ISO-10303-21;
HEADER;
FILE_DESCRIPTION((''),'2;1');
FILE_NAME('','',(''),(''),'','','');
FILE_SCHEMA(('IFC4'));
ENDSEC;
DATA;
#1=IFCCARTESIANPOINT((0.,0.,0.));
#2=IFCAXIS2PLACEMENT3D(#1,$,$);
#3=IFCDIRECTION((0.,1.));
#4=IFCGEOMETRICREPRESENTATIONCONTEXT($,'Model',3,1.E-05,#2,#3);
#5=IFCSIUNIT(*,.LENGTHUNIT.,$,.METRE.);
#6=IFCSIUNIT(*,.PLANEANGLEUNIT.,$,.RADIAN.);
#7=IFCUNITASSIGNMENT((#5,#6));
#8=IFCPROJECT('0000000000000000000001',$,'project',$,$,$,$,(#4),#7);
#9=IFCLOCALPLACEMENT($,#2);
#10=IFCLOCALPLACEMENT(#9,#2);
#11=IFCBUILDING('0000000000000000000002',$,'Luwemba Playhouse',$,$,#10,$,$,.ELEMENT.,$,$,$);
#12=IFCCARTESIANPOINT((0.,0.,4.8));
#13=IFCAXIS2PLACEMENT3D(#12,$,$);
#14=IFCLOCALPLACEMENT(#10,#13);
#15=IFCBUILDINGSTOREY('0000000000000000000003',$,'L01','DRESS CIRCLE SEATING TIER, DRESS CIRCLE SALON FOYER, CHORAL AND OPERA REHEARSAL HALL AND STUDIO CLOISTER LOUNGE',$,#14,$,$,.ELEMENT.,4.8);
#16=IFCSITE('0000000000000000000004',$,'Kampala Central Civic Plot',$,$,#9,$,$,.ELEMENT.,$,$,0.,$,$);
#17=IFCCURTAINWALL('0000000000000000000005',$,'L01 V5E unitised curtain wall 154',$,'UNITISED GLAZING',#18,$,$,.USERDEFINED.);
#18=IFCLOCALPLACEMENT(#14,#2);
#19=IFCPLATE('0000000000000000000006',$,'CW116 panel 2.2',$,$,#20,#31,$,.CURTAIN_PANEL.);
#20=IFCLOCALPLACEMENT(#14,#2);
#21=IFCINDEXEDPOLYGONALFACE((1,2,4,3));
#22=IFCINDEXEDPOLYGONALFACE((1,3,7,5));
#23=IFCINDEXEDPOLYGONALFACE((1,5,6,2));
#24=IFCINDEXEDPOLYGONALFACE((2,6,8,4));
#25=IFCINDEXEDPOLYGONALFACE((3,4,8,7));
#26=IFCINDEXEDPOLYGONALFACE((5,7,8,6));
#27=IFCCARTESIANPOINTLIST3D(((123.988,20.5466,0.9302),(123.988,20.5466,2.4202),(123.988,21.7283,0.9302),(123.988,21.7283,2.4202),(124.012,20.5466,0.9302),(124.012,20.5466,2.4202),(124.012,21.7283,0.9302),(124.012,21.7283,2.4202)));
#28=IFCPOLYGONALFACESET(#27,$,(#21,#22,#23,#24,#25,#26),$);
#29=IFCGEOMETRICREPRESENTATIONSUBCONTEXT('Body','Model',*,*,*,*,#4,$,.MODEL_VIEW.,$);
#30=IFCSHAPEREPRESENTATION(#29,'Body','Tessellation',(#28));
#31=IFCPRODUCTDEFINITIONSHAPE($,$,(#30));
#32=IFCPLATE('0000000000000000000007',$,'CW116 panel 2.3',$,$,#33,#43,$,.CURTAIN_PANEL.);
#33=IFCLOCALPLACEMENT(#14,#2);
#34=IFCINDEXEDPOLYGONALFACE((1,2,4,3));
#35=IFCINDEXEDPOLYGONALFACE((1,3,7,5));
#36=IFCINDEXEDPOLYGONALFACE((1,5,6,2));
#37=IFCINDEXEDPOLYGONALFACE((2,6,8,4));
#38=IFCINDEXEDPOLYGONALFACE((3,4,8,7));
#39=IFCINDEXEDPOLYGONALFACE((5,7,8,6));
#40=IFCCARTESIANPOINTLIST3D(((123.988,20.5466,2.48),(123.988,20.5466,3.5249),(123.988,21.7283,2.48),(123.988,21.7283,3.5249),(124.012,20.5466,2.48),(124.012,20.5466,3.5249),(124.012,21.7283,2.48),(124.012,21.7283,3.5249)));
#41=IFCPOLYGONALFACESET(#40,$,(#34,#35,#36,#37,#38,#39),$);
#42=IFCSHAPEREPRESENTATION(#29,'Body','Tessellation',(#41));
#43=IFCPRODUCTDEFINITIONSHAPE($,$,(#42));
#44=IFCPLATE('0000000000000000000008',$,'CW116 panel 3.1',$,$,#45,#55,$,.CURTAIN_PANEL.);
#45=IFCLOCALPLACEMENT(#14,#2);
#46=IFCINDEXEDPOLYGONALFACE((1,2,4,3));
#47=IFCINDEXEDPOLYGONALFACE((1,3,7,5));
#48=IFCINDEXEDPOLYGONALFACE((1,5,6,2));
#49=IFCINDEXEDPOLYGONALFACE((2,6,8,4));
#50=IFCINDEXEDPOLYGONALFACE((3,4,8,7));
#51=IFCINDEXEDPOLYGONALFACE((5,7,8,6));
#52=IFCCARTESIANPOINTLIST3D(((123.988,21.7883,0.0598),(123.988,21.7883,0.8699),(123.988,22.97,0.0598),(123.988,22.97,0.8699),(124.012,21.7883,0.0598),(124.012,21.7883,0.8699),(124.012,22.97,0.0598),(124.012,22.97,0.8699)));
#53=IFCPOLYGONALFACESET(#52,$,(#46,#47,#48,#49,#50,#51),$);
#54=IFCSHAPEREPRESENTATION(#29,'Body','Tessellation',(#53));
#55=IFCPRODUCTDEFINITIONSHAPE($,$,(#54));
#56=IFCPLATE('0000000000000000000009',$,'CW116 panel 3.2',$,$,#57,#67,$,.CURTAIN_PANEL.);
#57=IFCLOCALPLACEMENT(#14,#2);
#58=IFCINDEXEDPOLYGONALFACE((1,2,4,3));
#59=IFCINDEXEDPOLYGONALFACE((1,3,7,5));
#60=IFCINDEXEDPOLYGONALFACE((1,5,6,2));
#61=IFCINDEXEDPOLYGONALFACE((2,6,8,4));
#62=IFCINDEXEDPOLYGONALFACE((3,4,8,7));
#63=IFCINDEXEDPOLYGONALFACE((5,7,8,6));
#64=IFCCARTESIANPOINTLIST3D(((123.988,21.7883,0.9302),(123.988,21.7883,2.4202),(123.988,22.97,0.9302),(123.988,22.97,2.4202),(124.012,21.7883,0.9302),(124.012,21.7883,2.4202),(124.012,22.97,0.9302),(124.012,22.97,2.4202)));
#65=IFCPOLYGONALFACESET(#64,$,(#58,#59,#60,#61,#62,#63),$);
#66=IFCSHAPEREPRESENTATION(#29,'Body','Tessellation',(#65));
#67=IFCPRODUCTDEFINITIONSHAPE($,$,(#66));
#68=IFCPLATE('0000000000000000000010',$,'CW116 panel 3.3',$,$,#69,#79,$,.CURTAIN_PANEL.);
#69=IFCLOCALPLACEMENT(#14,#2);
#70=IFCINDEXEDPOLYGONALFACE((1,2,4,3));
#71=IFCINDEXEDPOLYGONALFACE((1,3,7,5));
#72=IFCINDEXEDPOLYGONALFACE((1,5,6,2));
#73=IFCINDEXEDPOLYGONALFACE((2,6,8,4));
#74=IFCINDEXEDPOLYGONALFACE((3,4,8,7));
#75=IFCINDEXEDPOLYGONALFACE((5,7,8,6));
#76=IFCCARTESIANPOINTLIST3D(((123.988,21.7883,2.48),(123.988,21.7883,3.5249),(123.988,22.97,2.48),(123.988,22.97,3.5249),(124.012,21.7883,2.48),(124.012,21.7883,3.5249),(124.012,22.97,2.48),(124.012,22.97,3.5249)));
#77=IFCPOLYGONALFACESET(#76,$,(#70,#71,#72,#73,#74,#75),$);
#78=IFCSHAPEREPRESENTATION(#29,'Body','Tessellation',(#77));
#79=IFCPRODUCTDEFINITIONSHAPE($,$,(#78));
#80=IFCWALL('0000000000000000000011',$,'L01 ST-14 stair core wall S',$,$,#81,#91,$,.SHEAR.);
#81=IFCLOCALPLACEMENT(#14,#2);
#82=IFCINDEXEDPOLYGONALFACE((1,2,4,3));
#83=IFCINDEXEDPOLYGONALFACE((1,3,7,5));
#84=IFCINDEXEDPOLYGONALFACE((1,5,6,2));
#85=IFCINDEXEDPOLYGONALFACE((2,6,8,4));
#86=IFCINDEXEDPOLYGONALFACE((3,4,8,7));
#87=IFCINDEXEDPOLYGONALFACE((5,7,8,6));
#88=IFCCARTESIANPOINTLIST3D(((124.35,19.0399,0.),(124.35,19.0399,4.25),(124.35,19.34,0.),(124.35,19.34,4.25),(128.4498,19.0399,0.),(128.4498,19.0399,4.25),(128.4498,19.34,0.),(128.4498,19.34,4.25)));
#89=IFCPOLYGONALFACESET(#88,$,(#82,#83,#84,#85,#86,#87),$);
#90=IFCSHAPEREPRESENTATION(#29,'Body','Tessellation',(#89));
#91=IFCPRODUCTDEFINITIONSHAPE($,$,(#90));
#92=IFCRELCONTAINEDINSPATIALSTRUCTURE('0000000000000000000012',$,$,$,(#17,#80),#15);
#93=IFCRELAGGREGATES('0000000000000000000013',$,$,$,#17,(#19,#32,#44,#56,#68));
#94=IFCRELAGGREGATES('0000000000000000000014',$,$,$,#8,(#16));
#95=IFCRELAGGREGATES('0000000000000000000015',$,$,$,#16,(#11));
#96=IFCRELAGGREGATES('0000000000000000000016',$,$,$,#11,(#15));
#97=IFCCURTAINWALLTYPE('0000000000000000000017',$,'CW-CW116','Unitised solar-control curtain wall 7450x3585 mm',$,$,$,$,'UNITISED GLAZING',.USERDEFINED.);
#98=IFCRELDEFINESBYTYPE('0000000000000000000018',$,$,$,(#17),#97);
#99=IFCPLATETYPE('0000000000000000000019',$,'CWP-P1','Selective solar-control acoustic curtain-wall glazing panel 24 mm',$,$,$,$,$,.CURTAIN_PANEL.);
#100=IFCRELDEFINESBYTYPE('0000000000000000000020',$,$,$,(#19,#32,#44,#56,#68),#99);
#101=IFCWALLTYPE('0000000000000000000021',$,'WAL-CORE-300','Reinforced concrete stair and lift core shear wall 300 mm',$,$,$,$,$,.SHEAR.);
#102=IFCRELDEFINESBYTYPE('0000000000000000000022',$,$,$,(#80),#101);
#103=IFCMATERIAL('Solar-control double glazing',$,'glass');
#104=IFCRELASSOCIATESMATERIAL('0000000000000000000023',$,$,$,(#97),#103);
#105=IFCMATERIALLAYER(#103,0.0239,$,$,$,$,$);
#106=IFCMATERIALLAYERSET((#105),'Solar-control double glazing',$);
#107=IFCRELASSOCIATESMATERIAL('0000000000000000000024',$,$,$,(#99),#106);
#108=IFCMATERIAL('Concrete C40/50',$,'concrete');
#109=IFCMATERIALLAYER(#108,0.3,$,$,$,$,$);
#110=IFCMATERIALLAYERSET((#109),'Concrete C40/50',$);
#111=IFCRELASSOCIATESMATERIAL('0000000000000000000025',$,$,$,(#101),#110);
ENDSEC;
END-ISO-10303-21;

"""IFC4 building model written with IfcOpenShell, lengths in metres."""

from ifc_helpers import new_model, si_unit, direction, frame, frame_2d, origin, origin_2d, place, context, subcontext, project, spatial, rectangle, extrude, material, layer, layer_set, type_object, element, aggregate, save


model = new_model("IFC4")

# Units and contexts
model_context = context("Model", 3, precision=1e-05, world=origin(), true_north=direction((0.0, 1.0)))
body_context = subcontext(model_context, "Body", "Model", "MODEL_VIEW")
ifc_project = project(units=[si_unit("LENGTHUNIT", "METRE"), si_unit("PLANEANGLEUNIT", "RADIAN")], contexts=[model_context])

# Site, building, storey
site_placement = place(None, origin())
site = spatial("IfcSite", under=ifc_project, at=site_placement, Name="Kampala Central Civic Plot", CompositionType="ELEMENT", RefElevation=0.0)
building_placement = place(site_placement, origin())
building = spatial("IfcBuilding", under=site, at=building_placement, Name="Luwemba Playhouse", CompositionType="ELEMENT")
storey_placement = place(building_placement, frame((0.0, 0.0, 4.8)))
storey = spatial("IfcBuildingStorey", under=building, at=storey_placement, Name="L01", Description="DRESS CIRCLE SEATING TIER, DRESS CIRCLE SALON FOYER, CHORAL AND OPERA REHEARSAL HALL AND STUDIO CLOISTER LOUNGE", CompositionType="ELEMENT", Elevation=4.8)

# Shared definitions
ifc_material_1 = material(Name="Concrete C40/50", Category="concrete")

# Curtain wall, plates
ifc_material_2 = material(Name="Solar-control double glazing", Category="glass")
curtain_wall_type = type_object("IfcCurtainWallType", Name="CW-CW116", Description="Unitised solar-control curtain wall 7450x3585 mm", ElementType="UNITISED GLAZING", PredefinedType="USERDEFINED", material=ifc_material_2)
curtain_wall_placement = place(storey_placement, origin())
curtain_wall = element("IfcCurtainWall", 1, at=curtain_wall_placement, inside=storey, type_object=curtain_wall_type, Name="L01 V5E unitised curtain wall 154", ObjectType="UNITISED GLAZING", PredefinedType="USERDEFINED")
ifc_layer_1 = layer(ifc_material_2, 0.0239)
ifc_layer_set_1 = layer_set([ifc_layer_1], Name="Solar-control double glazing")
plate_type = type_object("IfcPlateType", Name="CWP-P1", Description="Selective solar-control acoustic curtain-wall glazing panel 24 mm", PredefinedType="CURTAIN_PANEL", material=ifc_layer_set_1)
plate_1_placement = place(storey_placement, frame((124.0, 21.1375, 0.9302), z_axis=(0.0, 0.0, 1.0), x_axis=(0.0, 1.0, 0.0)))
plate_1 = element("IfcPlate", 2, at=plate_1_placement, type_object=plate_type, Name="CW116 panel 2.2", PredefinedType="CURTAIN_PANEL", context=body_context, shape_type="SweptSolid", body=[
    extrude(rectangle(XDim=1.1816, YDim=0.0239, at=origin_2d()), origin(), (0.0, 0.0, 1.0), 1.49),
])
plate_2_placement = place(storey_placement, frame((124.0, 21.1375, 2.48), z_axis=(0.0, 0.0, 1.0), x_axis=(0.0, 1.0, 0.0)))
plate_2 = element("IfcPlate", 3, at=plate_2_placement, type_object=plate_type, Name="CW116 panel 2.3", PredefinedType="CURTAIN_PANEL", context=body_context, shape_type="SweptSolid", body=[
    extrude(rectangle(XDim=1.1816, YDim=0.0239, at=origin_2d()), origin(), (0.0, 0.0, 1.0), 1.0449),
])
plate_3_placement = place(storey_placement, frame((124.0, 22.3792, 0.0598), z_axis=(0.0, 0.0, 1.0), x_axis=(0.0, 1.0, 0.0)))
plate_3 = element("IfcPlate", 4, at=plate_3_placement, type_object=plate_type, Name="CW116 panel 3.1", PredefinedType="CURTAIN_PANEL", context=body_context, shape_type="SweptSolid", body=[
    extrude(rectangle(XDim=1.1816, YDim=0.0239, at=origin_2d()), origin(), (0.0, 0.0, 1.0), 0.8101),
])
plate_4_placement = place(storey_placement, frame((124.0, 22.3792, 0.9302), z_axis=(0.0, 0.0, 1.0), x_axis=(0.0, 1.0, 0.0)))
plate_4 = element("IfcPlate", 5, at=plate_4_placement, type_object=plate_type, Name="CW116 panel 3.2", PredefinedType="CURTAIN_PANEL", context=body_context, shape_type="SweptSolid", body=[
    extrude(rectangle(XDim=1.1816, YDim=0.0239, at=origin_2d()), origin(), (0.0, 0.0, 1.0), 1.49),
])
plate_5_placement = place(storey_placement, frame((124.0, 22.3792, 2.48), z_axis=(0.0, 0.0, 1.0), x_axis=(0.0, 1.0, 0.0)))
plate_5 = element("IfcPlate", 6, at=plate_5_placement, type_object=plate_type, Name="CW116 panel 3.3", PredefinedType="CURTAIN_PANEL", context=body_context, shape_type="SweptSolid", body=[
    extrude(rectangle(XDim=1.1816, YDim=0.0239, at=origin_2d()), origin(), (0.0, 0.0, 1.0), 1.0449),
])
aggregate(curtain_wall, [plate_1, plate_2, plate_3, plate_4, plate_5])

# Wall
ifc_layer_2 = layer(ifc_material_1, 0.3)
ifc_layer_set_2 = layer_set([ifc_layer_2], Name="Concrete C40/50")
wall_type = type_object("IfcWallType", Name="WAL-CORE-300", Description="Reinforced concrete stair and lift core shear wall 300 mm", PredefinedType="SHEAR", material=ifc_layer_set_2)
wall_placement = place(storey_placement, frame((124.3501, 19.1899, 0.0), z_axis=(0.0, 0.0, 1.0), x_axis=(1.0, 0.0, 0.0)))
element("IfcWall", 7, at=wall_placement, inside=storey, type_object=wall_type, Name="L01 ST-14 stair core wall S", PredefinedType="SHEAR", context=body_context, shape_type="SweptSolid", body=[
    extrude(rectangle(XDim=4.0999, YDim=0.3, at=frame_2d((2.0498, 0.0))), origin(), (0.0, 0.0, 1.0), 4.25),
])

save(model, "model.ifc")
